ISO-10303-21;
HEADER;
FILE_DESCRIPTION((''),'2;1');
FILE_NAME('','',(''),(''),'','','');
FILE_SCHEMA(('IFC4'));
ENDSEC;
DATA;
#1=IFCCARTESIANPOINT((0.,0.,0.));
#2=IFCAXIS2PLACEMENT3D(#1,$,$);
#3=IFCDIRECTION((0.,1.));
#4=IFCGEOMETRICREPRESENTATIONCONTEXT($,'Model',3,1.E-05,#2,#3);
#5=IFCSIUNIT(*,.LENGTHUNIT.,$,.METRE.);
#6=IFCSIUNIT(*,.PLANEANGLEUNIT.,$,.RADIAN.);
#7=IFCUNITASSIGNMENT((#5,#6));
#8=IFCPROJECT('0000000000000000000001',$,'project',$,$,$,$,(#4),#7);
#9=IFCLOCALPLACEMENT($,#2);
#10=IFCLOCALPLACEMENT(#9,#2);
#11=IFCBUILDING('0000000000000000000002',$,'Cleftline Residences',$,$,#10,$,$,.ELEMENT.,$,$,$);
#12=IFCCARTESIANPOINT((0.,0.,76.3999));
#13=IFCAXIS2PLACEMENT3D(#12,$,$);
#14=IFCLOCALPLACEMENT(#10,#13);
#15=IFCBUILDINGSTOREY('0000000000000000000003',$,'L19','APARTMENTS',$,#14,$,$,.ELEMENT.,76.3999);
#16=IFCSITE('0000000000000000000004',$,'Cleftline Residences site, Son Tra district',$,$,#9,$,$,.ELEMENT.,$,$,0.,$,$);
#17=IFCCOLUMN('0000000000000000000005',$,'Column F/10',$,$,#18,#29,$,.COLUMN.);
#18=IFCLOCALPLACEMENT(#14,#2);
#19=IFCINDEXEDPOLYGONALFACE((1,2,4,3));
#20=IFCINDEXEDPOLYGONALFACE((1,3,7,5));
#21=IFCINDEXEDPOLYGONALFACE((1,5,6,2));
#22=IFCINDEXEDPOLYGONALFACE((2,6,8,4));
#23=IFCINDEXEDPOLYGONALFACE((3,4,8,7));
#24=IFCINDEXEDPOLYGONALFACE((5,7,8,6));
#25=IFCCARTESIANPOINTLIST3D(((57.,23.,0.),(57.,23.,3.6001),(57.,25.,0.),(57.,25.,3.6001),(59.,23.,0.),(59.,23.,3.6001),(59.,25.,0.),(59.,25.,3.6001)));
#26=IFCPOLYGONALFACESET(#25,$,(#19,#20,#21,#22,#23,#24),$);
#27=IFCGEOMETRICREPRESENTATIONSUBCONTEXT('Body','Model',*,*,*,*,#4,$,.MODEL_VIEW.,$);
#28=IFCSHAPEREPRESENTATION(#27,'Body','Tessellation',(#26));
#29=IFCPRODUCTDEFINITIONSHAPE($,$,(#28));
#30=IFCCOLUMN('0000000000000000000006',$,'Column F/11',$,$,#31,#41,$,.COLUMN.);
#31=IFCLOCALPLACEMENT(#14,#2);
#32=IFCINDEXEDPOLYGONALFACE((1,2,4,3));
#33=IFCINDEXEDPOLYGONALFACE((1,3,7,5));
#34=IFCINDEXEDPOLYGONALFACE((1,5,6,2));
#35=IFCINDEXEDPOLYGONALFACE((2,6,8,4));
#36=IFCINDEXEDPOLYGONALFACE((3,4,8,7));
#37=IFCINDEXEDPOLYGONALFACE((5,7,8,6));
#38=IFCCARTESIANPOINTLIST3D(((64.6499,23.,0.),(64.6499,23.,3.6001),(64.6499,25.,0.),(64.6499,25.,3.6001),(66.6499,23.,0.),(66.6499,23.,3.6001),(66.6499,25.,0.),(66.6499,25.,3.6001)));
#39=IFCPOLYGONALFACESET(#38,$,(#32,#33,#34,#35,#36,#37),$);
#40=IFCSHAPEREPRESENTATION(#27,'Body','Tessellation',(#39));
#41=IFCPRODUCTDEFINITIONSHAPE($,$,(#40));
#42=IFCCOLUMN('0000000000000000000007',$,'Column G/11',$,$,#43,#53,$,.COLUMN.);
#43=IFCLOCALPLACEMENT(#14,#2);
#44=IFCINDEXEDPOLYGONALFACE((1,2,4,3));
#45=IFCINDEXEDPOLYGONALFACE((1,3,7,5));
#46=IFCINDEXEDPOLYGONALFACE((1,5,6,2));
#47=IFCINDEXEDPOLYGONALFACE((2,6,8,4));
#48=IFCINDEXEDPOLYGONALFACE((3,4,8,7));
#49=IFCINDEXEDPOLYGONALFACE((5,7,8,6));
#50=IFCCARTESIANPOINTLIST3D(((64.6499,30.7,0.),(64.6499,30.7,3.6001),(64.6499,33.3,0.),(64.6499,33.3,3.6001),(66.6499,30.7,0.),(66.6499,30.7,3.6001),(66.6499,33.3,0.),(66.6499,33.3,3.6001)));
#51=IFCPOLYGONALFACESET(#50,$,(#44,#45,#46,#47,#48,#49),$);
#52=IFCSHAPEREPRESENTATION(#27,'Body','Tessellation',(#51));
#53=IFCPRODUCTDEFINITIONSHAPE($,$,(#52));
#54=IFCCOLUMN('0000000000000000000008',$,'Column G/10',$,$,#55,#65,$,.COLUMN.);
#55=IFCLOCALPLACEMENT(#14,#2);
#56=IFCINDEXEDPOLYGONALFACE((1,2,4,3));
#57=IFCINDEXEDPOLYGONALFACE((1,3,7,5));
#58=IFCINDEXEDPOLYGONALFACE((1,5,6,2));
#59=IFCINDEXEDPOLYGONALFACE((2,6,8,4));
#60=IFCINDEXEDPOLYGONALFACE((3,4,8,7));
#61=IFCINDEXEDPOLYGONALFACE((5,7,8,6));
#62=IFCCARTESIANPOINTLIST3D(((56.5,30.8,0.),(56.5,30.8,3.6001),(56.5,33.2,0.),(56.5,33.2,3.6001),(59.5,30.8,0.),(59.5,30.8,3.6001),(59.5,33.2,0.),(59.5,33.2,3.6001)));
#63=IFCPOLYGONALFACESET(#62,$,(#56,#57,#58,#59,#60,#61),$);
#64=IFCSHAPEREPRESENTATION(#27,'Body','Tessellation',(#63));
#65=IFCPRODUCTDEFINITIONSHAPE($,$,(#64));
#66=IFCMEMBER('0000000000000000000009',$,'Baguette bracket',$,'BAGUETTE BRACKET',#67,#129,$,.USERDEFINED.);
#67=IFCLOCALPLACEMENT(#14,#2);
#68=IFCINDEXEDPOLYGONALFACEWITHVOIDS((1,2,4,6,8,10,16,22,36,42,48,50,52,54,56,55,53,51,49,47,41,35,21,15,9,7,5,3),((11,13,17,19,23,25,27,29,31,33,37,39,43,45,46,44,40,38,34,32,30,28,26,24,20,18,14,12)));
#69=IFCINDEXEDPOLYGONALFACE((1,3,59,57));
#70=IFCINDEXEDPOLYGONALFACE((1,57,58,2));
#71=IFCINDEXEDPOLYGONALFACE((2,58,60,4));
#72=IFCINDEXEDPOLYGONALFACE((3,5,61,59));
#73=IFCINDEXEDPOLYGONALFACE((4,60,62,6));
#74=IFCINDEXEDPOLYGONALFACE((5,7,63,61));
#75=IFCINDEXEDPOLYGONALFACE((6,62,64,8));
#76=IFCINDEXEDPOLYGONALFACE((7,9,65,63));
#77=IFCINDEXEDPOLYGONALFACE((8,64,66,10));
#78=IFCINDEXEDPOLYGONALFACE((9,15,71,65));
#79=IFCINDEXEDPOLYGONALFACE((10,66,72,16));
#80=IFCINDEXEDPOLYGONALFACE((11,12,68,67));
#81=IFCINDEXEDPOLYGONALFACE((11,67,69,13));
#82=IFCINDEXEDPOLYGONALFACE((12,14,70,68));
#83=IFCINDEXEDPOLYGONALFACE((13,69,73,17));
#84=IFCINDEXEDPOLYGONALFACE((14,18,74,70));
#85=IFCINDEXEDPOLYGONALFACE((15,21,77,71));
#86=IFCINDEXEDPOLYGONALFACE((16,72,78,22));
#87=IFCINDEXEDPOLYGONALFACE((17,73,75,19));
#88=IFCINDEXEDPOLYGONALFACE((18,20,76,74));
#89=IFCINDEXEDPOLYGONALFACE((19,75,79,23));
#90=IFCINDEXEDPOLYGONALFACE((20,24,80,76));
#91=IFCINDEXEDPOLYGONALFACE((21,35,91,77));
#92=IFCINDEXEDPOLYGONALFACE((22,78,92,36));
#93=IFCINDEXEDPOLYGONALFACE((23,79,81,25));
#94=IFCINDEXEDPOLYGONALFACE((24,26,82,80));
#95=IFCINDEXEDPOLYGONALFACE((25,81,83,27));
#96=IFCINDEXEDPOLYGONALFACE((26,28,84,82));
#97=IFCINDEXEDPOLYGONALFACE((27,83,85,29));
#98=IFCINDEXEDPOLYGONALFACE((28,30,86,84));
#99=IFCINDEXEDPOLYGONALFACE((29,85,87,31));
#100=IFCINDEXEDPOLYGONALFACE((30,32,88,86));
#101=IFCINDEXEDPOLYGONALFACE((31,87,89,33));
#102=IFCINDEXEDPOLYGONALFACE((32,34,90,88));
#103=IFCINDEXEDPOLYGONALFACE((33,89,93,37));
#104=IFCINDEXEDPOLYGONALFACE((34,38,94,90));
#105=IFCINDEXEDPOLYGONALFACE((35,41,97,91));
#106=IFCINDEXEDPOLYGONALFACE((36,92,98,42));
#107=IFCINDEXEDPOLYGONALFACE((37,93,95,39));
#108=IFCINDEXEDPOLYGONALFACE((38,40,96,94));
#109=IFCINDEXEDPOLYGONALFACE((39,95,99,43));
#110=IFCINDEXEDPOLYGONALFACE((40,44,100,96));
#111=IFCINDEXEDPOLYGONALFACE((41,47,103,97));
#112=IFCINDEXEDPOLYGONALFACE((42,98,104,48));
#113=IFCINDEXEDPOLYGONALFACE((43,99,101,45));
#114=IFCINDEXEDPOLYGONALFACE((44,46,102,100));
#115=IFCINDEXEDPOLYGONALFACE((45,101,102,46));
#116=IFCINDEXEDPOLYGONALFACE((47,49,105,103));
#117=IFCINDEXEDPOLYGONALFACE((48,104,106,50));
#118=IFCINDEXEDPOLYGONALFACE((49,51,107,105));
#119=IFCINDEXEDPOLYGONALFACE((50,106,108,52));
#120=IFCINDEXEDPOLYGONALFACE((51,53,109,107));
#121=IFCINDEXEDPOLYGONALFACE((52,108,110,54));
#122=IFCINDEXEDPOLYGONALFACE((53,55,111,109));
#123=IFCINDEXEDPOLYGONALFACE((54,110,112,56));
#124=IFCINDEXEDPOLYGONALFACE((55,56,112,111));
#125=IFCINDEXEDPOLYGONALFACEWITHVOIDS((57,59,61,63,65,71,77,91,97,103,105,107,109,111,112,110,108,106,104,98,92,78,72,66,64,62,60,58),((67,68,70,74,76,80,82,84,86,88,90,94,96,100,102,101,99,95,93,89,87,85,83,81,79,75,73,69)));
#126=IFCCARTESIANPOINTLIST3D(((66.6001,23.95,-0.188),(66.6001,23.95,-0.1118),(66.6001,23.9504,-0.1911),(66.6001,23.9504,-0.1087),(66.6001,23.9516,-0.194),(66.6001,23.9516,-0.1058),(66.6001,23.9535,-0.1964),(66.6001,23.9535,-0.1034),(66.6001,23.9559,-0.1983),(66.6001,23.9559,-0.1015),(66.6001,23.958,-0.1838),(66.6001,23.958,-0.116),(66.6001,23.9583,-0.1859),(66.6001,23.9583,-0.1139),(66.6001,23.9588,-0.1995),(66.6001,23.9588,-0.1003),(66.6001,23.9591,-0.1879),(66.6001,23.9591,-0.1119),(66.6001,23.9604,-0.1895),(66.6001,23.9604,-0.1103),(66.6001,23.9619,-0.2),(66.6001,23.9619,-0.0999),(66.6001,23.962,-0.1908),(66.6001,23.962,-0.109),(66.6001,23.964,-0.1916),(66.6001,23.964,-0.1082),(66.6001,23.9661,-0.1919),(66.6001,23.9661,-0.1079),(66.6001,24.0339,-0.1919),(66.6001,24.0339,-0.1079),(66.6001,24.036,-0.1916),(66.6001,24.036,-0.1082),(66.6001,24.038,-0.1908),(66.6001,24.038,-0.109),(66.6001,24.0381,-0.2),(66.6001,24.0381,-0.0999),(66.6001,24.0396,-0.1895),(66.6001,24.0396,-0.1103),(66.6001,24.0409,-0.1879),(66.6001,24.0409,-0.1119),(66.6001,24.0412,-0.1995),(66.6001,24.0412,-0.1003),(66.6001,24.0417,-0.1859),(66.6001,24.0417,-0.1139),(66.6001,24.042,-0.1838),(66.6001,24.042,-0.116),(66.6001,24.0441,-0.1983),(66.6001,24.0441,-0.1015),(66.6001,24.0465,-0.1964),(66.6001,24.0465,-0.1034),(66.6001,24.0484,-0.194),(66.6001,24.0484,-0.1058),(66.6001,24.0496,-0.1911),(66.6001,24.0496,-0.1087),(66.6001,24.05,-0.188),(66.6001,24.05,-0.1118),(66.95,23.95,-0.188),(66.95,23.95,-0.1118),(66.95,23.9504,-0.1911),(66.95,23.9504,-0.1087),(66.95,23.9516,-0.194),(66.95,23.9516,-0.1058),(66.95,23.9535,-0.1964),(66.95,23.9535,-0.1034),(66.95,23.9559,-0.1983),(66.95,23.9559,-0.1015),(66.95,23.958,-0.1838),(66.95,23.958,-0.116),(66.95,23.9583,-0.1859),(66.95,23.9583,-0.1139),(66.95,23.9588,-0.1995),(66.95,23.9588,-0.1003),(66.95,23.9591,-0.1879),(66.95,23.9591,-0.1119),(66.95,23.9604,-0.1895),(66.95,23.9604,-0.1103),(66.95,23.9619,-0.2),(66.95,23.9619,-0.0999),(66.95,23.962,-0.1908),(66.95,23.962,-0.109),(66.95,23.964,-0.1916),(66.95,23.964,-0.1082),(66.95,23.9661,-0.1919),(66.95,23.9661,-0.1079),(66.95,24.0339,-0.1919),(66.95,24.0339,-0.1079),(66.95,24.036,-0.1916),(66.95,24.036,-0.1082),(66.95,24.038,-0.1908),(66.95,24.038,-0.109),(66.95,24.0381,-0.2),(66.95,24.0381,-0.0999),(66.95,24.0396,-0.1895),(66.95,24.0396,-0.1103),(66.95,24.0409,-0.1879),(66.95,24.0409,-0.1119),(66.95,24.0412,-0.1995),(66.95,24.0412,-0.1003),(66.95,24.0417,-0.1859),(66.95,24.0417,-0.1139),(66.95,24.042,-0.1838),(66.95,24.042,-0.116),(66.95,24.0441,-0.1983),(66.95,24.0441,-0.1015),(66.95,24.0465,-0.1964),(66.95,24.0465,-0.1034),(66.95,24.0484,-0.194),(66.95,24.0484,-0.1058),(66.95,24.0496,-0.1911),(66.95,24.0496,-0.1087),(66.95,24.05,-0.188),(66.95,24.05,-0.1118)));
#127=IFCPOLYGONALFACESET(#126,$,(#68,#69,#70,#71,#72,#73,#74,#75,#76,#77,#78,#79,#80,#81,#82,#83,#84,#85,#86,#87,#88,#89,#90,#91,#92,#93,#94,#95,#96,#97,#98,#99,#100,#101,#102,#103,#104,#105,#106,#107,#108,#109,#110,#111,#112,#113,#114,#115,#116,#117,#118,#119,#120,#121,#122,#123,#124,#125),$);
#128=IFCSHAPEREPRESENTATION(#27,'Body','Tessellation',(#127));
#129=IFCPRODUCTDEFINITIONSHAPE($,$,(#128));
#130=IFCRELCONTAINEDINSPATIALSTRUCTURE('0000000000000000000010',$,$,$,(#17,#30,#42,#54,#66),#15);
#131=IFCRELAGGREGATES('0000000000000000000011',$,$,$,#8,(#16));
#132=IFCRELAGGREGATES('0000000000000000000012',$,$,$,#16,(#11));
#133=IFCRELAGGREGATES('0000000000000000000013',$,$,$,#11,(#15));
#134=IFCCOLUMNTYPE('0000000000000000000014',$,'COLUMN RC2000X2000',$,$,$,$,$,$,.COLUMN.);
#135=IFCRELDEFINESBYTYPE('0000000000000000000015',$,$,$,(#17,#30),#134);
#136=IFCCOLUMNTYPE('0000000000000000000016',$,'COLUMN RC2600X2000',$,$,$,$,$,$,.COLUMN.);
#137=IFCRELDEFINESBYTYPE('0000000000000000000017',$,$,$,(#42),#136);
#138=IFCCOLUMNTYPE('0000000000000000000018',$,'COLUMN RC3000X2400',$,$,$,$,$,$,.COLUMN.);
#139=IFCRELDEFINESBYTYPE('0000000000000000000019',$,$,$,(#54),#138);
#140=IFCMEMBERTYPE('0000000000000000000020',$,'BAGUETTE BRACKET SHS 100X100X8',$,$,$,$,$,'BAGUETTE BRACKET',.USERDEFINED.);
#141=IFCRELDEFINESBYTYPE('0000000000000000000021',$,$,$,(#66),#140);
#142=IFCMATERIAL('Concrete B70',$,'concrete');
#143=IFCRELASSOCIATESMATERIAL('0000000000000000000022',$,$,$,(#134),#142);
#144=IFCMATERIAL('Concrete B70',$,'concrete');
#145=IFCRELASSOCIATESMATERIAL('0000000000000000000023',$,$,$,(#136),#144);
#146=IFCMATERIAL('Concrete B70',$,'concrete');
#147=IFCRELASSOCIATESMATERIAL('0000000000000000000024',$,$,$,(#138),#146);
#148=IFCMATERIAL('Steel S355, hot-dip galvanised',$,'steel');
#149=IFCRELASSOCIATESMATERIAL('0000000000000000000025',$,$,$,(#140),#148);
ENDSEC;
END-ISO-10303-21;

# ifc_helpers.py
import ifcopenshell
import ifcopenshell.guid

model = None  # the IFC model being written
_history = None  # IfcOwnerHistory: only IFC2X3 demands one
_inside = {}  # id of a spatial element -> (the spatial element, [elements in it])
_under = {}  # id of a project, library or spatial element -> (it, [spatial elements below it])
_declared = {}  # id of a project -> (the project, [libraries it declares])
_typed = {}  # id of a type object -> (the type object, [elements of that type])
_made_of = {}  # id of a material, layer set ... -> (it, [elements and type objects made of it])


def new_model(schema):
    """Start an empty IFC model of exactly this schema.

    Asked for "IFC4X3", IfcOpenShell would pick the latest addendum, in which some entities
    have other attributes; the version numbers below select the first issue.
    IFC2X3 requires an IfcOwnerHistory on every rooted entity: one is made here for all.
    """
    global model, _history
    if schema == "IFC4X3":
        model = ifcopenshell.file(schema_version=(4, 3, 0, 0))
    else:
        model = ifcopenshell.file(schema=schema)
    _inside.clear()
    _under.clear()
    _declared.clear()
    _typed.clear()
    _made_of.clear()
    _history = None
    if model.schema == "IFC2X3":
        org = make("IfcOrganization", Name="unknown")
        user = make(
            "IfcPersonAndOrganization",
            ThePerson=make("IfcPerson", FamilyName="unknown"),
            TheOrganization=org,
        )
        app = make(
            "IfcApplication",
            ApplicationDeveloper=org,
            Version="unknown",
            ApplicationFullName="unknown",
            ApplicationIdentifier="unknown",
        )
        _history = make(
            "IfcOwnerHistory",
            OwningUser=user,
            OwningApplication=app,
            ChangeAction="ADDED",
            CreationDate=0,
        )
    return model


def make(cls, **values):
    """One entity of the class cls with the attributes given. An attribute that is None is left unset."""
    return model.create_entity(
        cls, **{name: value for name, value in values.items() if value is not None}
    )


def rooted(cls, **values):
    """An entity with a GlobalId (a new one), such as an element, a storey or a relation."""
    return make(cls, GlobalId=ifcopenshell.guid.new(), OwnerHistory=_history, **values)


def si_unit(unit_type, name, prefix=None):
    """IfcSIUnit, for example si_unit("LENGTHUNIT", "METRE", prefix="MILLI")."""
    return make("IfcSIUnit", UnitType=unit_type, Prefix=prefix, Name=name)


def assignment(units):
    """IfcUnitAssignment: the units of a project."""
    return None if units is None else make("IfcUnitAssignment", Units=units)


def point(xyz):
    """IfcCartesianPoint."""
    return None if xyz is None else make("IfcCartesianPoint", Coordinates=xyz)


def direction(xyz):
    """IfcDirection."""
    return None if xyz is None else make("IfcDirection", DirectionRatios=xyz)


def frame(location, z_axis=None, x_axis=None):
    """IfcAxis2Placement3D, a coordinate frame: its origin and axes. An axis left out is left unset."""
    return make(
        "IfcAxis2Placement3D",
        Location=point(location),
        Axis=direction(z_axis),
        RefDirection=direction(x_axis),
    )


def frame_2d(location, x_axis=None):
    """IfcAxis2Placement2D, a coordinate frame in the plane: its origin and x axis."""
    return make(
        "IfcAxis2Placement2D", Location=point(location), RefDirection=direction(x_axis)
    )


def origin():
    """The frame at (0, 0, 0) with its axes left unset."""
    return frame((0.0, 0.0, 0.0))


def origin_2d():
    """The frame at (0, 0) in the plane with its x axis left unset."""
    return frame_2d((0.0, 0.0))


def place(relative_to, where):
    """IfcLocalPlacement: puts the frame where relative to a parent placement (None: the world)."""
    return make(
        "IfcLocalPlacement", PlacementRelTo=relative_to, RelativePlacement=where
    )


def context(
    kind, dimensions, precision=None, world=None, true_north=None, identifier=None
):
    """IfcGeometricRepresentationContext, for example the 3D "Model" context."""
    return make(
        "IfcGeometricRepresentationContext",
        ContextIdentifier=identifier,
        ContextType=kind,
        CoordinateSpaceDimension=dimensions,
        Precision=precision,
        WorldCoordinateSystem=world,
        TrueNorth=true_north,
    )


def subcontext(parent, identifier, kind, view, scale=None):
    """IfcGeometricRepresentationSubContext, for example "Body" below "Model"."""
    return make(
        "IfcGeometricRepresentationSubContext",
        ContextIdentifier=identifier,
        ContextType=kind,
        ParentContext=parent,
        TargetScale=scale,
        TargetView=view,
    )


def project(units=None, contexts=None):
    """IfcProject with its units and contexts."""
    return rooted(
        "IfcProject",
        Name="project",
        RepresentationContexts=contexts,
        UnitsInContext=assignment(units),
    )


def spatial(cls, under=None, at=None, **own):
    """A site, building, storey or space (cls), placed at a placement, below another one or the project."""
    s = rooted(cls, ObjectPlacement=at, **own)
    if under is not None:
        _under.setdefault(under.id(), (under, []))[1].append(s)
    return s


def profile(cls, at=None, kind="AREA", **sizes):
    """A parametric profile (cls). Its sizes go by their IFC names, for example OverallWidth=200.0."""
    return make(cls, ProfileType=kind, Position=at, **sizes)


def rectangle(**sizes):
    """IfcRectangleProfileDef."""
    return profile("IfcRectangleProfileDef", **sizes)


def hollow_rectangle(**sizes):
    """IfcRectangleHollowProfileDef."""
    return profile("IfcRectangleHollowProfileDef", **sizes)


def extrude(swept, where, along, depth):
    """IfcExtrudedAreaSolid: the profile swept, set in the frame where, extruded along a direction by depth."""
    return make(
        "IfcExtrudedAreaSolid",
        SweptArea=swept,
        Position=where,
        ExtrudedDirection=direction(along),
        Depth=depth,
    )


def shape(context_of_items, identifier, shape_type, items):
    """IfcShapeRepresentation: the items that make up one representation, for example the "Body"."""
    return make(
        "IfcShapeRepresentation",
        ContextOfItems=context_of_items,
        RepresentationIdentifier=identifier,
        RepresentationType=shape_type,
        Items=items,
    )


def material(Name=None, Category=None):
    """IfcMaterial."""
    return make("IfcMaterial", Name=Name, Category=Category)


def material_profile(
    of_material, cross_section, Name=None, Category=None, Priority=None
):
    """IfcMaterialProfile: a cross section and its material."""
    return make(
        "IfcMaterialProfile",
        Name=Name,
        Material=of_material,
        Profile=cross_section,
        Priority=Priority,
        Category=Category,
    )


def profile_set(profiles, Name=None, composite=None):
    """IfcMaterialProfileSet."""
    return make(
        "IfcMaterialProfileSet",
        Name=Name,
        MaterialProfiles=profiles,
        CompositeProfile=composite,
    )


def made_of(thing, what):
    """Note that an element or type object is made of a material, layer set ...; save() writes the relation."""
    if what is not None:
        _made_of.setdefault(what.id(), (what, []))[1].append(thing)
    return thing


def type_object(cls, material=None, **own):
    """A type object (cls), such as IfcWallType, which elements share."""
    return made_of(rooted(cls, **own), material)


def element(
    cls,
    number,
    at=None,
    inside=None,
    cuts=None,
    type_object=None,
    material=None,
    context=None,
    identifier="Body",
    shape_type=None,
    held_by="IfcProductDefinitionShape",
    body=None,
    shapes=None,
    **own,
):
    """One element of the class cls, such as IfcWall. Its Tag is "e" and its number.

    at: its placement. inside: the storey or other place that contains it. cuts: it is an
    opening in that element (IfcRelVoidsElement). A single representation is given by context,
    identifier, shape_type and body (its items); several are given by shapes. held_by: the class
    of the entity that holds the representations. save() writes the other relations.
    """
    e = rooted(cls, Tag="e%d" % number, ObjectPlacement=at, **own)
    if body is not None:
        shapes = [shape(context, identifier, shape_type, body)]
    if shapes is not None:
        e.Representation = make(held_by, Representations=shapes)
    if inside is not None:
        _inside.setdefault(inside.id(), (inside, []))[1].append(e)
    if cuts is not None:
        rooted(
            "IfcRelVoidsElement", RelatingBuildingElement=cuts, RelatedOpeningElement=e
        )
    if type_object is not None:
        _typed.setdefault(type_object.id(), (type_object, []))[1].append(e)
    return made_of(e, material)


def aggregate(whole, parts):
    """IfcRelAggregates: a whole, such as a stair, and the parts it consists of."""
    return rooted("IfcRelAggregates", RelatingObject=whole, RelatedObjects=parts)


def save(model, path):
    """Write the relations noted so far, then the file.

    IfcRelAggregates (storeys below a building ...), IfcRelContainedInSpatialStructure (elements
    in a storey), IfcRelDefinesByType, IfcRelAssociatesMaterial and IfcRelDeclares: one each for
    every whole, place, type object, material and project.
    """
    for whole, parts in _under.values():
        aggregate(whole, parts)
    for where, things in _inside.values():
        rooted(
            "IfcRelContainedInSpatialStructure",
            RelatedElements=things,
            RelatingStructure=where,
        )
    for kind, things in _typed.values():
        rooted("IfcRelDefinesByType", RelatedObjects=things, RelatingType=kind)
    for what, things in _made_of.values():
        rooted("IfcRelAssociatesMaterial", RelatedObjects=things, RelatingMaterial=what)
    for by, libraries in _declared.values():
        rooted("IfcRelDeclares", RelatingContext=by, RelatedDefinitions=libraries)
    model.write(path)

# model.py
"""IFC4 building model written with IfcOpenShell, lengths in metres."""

from ifc_helpers import new_model, si_unit, direction, frame, origin, origin_2d, place, context, subcontext, project, spatial, rectangle, hollow_rectangle, extrude, material, material_profile, profile_set, type_object, element, save


model = new_model("IFC4")

# Units and contexts
model_context = context("Model", 3, precision=1e-05, world=origin(), true_north=direction((0.0, 1.0)))
body_context = subcontext(model_context, "Body", "Model", "MODEL_VIEW")
ifc_project = project(units=[si_unit("LENGTHUNIT", "METRE"), si_unit("PLANEANGLEUNIT", "RADIAN")], contexts=[model_context])

# Site, building, storey
site_placement = place(None, origin())
site = spatial("IfcSite", under=ifc_project, at=site_placement, Name="Cleftline Residences site, Son Tra district", CompositionType="ELEMENT", RefElevation=0.0)
building_placement = place(site_placement, origin())
building = spatial("IfcBuilding", under=site, at=building_placement, Name="Cleftline Residences", CompositionType="ELEMENT")
storey_placement = place(building_placement, frame((0.0, 0.0, 76.3999)))
storey = spatial("IfcBuildingStorey", under=building, at=storey_placement, Name="L19", Description="APARTMENTS", CompositionType="ELEMENT", Elevation=76.3999)

# Columns
ifc_material_1 = material(Name="Concrete B70", Category="concrete")
ifc_material_profile_1 = material_profile(ifc_material_1, rectangle(XDim=2.0, YDim=2.0, at=origin_2d()))
ifc_profile_set_1 = profile_set([ifc_material_profile_1], Name="Concrete B70")
column_type_1 = type_object("IfcColumnType", Name="COLUMN RC2000X2000", PredefinedType="COLUMN", material=ifc_profile_set_1)
for number, where, z_axis, x_axis, name in (
    (1, (58.0, 24.0, 0.0), (0.0, 0.0, 1.0), (1.0, 0.0, 0.0), "Column F/10"),
    (2, (65.6499, 24.0, 0.0), (0.0, 0.0, 1.0), (1.0, 0.0, 0.0), "Column F/11"),
):
    element("IfcColumn", number, at=place(storey_placement, frame(where, z_axis=z_axis, x_axis=x_axis)), inside=storey, type_object=column_type_1, Name=name, PredefinedType="COLUMN", context=body_context, shape_type="SweptSolid", body=[
        extrude(rectangle(XDim=2.0, YDim=2.0, at=origin_2d()), origin(), (0.0, 0.0, 1.0), 3.6001),
    ])
ifc_material_2 = material(Name="Concrete B70", Category="concrete")
ifc_material_profile_2 = material_profile(ifc_material_2, rectangle(XDim=2.6001, YDim=2.0, at=origin_2d()))
ifc_profile_set_2 = profile_set([ifc_material_profile_2], Name="Concrete B70")
column_type_2 = type_object("IfcColumnType", Name="COLUMN RC2600X2000", PredefinedType="COLUMN", material=ifc_profile_set_2)
column_1_placement = place(storey_placement, frame((65.6499, 32.0, 0.0), z_axis=(0.0, 0.0, 1.0), x_axis=(0.0, 1.0, 0.0)))
element("IfcColumn", 3, at=column_1_placement, inside=storey, type_object=column_type_2, Name="Column G/11", PredefinedType="COLUMN", context=body_context, shape_type="SweptSolid", body=[
    extrude(rectangle(XDim=2.6001, YDim=2.0, at=origin_2d()), origin(), (0.0, 0.0, 1.0), 3.6001),
])
ifc_material_3 = material(Name="Concrete B70", Category="concrete")
ifc_material_profile_3 = material_profile(ifc_material_3, rectangle(XDim=3.0, YDim=2.3999, at=origin_2d()))
ifc_profile_set_3 = profile_set([ifc_material_profile_3], Name="Concrete B70")
column_type_3 = type_object("IfcColumnType", Name="COLUMN RC3000X2400", PredefinedType="COLUMN", material=ifc_profile_set_3)
column_2_placement = place(storey_placement, frame((58.0, 32.0, 0.0), z_axis=(0.0, 0.0, 1.0), x_axis=(1.0, 0.0, 0.0)))
element("IfcColumn", 4, at=column_2_placement, inside=storey, type_object=column_type_3, Name="Column G/10", PredefinedType="COLUMN", context=body_context, shape_type="SweptSolid", body=[
    extrude(rectangle(XDim=3.0, YDim=2.3999, at=origin_2d()), origin(), (0.0, 0.0, 1.0), 3.6001),
])

# Member
ifc_material_4 = material(Name="Steel S355, hot-dip galvanised", Category="steel")
ifc_material_profile_4 = material_profile(ifc_material_4, hollow_rectangle(XDim=0.1001, YDim=0.1001, WallThickness=0.0081, InnerFilletRadius=0.0081, OuterFilletRadius=0.012, at=origin_2d()))
ifc_profile_set_4 = profile_set([ifc_material_profile_4], Name="Steel S355, hot-dip galvanised")
member_type_1 = type_object("IfcMemberType", Name="BAGUETTE BRACKET SHS 100X100X8", ElementType="BAGUETTE BRACKET", PredefinedType="USERDEFINED", material=ifc_profile_set_4)
member_1_placement = place(storey_placement, frame((66.6001, 24.0, -0.1499), z_axis=(1.0, 0.0, 0.0), x_axis=(0.0, 1.0, 0.0)))
element("IfcMember", 5, at=member_1_placement, inside=storey, type_object=member_type_1, Name="Baguette bracket", ObjectType="BAGUETTE BRACKET", PredefinedType="USERDEFINED", context=body_context, shape_type="SweptSolid", body=[
    extrude(hollow_rectangle(XDim=0.1001, YDim=0.1001, WallThickness=0.0081, InnerFilletRadius=0.0081, OuterFilletRadius=0.012, at=origin_2d()), origin(), (0.0, 0.0, 1.0), 0.3499),
])

save(model, "model.ifc")
